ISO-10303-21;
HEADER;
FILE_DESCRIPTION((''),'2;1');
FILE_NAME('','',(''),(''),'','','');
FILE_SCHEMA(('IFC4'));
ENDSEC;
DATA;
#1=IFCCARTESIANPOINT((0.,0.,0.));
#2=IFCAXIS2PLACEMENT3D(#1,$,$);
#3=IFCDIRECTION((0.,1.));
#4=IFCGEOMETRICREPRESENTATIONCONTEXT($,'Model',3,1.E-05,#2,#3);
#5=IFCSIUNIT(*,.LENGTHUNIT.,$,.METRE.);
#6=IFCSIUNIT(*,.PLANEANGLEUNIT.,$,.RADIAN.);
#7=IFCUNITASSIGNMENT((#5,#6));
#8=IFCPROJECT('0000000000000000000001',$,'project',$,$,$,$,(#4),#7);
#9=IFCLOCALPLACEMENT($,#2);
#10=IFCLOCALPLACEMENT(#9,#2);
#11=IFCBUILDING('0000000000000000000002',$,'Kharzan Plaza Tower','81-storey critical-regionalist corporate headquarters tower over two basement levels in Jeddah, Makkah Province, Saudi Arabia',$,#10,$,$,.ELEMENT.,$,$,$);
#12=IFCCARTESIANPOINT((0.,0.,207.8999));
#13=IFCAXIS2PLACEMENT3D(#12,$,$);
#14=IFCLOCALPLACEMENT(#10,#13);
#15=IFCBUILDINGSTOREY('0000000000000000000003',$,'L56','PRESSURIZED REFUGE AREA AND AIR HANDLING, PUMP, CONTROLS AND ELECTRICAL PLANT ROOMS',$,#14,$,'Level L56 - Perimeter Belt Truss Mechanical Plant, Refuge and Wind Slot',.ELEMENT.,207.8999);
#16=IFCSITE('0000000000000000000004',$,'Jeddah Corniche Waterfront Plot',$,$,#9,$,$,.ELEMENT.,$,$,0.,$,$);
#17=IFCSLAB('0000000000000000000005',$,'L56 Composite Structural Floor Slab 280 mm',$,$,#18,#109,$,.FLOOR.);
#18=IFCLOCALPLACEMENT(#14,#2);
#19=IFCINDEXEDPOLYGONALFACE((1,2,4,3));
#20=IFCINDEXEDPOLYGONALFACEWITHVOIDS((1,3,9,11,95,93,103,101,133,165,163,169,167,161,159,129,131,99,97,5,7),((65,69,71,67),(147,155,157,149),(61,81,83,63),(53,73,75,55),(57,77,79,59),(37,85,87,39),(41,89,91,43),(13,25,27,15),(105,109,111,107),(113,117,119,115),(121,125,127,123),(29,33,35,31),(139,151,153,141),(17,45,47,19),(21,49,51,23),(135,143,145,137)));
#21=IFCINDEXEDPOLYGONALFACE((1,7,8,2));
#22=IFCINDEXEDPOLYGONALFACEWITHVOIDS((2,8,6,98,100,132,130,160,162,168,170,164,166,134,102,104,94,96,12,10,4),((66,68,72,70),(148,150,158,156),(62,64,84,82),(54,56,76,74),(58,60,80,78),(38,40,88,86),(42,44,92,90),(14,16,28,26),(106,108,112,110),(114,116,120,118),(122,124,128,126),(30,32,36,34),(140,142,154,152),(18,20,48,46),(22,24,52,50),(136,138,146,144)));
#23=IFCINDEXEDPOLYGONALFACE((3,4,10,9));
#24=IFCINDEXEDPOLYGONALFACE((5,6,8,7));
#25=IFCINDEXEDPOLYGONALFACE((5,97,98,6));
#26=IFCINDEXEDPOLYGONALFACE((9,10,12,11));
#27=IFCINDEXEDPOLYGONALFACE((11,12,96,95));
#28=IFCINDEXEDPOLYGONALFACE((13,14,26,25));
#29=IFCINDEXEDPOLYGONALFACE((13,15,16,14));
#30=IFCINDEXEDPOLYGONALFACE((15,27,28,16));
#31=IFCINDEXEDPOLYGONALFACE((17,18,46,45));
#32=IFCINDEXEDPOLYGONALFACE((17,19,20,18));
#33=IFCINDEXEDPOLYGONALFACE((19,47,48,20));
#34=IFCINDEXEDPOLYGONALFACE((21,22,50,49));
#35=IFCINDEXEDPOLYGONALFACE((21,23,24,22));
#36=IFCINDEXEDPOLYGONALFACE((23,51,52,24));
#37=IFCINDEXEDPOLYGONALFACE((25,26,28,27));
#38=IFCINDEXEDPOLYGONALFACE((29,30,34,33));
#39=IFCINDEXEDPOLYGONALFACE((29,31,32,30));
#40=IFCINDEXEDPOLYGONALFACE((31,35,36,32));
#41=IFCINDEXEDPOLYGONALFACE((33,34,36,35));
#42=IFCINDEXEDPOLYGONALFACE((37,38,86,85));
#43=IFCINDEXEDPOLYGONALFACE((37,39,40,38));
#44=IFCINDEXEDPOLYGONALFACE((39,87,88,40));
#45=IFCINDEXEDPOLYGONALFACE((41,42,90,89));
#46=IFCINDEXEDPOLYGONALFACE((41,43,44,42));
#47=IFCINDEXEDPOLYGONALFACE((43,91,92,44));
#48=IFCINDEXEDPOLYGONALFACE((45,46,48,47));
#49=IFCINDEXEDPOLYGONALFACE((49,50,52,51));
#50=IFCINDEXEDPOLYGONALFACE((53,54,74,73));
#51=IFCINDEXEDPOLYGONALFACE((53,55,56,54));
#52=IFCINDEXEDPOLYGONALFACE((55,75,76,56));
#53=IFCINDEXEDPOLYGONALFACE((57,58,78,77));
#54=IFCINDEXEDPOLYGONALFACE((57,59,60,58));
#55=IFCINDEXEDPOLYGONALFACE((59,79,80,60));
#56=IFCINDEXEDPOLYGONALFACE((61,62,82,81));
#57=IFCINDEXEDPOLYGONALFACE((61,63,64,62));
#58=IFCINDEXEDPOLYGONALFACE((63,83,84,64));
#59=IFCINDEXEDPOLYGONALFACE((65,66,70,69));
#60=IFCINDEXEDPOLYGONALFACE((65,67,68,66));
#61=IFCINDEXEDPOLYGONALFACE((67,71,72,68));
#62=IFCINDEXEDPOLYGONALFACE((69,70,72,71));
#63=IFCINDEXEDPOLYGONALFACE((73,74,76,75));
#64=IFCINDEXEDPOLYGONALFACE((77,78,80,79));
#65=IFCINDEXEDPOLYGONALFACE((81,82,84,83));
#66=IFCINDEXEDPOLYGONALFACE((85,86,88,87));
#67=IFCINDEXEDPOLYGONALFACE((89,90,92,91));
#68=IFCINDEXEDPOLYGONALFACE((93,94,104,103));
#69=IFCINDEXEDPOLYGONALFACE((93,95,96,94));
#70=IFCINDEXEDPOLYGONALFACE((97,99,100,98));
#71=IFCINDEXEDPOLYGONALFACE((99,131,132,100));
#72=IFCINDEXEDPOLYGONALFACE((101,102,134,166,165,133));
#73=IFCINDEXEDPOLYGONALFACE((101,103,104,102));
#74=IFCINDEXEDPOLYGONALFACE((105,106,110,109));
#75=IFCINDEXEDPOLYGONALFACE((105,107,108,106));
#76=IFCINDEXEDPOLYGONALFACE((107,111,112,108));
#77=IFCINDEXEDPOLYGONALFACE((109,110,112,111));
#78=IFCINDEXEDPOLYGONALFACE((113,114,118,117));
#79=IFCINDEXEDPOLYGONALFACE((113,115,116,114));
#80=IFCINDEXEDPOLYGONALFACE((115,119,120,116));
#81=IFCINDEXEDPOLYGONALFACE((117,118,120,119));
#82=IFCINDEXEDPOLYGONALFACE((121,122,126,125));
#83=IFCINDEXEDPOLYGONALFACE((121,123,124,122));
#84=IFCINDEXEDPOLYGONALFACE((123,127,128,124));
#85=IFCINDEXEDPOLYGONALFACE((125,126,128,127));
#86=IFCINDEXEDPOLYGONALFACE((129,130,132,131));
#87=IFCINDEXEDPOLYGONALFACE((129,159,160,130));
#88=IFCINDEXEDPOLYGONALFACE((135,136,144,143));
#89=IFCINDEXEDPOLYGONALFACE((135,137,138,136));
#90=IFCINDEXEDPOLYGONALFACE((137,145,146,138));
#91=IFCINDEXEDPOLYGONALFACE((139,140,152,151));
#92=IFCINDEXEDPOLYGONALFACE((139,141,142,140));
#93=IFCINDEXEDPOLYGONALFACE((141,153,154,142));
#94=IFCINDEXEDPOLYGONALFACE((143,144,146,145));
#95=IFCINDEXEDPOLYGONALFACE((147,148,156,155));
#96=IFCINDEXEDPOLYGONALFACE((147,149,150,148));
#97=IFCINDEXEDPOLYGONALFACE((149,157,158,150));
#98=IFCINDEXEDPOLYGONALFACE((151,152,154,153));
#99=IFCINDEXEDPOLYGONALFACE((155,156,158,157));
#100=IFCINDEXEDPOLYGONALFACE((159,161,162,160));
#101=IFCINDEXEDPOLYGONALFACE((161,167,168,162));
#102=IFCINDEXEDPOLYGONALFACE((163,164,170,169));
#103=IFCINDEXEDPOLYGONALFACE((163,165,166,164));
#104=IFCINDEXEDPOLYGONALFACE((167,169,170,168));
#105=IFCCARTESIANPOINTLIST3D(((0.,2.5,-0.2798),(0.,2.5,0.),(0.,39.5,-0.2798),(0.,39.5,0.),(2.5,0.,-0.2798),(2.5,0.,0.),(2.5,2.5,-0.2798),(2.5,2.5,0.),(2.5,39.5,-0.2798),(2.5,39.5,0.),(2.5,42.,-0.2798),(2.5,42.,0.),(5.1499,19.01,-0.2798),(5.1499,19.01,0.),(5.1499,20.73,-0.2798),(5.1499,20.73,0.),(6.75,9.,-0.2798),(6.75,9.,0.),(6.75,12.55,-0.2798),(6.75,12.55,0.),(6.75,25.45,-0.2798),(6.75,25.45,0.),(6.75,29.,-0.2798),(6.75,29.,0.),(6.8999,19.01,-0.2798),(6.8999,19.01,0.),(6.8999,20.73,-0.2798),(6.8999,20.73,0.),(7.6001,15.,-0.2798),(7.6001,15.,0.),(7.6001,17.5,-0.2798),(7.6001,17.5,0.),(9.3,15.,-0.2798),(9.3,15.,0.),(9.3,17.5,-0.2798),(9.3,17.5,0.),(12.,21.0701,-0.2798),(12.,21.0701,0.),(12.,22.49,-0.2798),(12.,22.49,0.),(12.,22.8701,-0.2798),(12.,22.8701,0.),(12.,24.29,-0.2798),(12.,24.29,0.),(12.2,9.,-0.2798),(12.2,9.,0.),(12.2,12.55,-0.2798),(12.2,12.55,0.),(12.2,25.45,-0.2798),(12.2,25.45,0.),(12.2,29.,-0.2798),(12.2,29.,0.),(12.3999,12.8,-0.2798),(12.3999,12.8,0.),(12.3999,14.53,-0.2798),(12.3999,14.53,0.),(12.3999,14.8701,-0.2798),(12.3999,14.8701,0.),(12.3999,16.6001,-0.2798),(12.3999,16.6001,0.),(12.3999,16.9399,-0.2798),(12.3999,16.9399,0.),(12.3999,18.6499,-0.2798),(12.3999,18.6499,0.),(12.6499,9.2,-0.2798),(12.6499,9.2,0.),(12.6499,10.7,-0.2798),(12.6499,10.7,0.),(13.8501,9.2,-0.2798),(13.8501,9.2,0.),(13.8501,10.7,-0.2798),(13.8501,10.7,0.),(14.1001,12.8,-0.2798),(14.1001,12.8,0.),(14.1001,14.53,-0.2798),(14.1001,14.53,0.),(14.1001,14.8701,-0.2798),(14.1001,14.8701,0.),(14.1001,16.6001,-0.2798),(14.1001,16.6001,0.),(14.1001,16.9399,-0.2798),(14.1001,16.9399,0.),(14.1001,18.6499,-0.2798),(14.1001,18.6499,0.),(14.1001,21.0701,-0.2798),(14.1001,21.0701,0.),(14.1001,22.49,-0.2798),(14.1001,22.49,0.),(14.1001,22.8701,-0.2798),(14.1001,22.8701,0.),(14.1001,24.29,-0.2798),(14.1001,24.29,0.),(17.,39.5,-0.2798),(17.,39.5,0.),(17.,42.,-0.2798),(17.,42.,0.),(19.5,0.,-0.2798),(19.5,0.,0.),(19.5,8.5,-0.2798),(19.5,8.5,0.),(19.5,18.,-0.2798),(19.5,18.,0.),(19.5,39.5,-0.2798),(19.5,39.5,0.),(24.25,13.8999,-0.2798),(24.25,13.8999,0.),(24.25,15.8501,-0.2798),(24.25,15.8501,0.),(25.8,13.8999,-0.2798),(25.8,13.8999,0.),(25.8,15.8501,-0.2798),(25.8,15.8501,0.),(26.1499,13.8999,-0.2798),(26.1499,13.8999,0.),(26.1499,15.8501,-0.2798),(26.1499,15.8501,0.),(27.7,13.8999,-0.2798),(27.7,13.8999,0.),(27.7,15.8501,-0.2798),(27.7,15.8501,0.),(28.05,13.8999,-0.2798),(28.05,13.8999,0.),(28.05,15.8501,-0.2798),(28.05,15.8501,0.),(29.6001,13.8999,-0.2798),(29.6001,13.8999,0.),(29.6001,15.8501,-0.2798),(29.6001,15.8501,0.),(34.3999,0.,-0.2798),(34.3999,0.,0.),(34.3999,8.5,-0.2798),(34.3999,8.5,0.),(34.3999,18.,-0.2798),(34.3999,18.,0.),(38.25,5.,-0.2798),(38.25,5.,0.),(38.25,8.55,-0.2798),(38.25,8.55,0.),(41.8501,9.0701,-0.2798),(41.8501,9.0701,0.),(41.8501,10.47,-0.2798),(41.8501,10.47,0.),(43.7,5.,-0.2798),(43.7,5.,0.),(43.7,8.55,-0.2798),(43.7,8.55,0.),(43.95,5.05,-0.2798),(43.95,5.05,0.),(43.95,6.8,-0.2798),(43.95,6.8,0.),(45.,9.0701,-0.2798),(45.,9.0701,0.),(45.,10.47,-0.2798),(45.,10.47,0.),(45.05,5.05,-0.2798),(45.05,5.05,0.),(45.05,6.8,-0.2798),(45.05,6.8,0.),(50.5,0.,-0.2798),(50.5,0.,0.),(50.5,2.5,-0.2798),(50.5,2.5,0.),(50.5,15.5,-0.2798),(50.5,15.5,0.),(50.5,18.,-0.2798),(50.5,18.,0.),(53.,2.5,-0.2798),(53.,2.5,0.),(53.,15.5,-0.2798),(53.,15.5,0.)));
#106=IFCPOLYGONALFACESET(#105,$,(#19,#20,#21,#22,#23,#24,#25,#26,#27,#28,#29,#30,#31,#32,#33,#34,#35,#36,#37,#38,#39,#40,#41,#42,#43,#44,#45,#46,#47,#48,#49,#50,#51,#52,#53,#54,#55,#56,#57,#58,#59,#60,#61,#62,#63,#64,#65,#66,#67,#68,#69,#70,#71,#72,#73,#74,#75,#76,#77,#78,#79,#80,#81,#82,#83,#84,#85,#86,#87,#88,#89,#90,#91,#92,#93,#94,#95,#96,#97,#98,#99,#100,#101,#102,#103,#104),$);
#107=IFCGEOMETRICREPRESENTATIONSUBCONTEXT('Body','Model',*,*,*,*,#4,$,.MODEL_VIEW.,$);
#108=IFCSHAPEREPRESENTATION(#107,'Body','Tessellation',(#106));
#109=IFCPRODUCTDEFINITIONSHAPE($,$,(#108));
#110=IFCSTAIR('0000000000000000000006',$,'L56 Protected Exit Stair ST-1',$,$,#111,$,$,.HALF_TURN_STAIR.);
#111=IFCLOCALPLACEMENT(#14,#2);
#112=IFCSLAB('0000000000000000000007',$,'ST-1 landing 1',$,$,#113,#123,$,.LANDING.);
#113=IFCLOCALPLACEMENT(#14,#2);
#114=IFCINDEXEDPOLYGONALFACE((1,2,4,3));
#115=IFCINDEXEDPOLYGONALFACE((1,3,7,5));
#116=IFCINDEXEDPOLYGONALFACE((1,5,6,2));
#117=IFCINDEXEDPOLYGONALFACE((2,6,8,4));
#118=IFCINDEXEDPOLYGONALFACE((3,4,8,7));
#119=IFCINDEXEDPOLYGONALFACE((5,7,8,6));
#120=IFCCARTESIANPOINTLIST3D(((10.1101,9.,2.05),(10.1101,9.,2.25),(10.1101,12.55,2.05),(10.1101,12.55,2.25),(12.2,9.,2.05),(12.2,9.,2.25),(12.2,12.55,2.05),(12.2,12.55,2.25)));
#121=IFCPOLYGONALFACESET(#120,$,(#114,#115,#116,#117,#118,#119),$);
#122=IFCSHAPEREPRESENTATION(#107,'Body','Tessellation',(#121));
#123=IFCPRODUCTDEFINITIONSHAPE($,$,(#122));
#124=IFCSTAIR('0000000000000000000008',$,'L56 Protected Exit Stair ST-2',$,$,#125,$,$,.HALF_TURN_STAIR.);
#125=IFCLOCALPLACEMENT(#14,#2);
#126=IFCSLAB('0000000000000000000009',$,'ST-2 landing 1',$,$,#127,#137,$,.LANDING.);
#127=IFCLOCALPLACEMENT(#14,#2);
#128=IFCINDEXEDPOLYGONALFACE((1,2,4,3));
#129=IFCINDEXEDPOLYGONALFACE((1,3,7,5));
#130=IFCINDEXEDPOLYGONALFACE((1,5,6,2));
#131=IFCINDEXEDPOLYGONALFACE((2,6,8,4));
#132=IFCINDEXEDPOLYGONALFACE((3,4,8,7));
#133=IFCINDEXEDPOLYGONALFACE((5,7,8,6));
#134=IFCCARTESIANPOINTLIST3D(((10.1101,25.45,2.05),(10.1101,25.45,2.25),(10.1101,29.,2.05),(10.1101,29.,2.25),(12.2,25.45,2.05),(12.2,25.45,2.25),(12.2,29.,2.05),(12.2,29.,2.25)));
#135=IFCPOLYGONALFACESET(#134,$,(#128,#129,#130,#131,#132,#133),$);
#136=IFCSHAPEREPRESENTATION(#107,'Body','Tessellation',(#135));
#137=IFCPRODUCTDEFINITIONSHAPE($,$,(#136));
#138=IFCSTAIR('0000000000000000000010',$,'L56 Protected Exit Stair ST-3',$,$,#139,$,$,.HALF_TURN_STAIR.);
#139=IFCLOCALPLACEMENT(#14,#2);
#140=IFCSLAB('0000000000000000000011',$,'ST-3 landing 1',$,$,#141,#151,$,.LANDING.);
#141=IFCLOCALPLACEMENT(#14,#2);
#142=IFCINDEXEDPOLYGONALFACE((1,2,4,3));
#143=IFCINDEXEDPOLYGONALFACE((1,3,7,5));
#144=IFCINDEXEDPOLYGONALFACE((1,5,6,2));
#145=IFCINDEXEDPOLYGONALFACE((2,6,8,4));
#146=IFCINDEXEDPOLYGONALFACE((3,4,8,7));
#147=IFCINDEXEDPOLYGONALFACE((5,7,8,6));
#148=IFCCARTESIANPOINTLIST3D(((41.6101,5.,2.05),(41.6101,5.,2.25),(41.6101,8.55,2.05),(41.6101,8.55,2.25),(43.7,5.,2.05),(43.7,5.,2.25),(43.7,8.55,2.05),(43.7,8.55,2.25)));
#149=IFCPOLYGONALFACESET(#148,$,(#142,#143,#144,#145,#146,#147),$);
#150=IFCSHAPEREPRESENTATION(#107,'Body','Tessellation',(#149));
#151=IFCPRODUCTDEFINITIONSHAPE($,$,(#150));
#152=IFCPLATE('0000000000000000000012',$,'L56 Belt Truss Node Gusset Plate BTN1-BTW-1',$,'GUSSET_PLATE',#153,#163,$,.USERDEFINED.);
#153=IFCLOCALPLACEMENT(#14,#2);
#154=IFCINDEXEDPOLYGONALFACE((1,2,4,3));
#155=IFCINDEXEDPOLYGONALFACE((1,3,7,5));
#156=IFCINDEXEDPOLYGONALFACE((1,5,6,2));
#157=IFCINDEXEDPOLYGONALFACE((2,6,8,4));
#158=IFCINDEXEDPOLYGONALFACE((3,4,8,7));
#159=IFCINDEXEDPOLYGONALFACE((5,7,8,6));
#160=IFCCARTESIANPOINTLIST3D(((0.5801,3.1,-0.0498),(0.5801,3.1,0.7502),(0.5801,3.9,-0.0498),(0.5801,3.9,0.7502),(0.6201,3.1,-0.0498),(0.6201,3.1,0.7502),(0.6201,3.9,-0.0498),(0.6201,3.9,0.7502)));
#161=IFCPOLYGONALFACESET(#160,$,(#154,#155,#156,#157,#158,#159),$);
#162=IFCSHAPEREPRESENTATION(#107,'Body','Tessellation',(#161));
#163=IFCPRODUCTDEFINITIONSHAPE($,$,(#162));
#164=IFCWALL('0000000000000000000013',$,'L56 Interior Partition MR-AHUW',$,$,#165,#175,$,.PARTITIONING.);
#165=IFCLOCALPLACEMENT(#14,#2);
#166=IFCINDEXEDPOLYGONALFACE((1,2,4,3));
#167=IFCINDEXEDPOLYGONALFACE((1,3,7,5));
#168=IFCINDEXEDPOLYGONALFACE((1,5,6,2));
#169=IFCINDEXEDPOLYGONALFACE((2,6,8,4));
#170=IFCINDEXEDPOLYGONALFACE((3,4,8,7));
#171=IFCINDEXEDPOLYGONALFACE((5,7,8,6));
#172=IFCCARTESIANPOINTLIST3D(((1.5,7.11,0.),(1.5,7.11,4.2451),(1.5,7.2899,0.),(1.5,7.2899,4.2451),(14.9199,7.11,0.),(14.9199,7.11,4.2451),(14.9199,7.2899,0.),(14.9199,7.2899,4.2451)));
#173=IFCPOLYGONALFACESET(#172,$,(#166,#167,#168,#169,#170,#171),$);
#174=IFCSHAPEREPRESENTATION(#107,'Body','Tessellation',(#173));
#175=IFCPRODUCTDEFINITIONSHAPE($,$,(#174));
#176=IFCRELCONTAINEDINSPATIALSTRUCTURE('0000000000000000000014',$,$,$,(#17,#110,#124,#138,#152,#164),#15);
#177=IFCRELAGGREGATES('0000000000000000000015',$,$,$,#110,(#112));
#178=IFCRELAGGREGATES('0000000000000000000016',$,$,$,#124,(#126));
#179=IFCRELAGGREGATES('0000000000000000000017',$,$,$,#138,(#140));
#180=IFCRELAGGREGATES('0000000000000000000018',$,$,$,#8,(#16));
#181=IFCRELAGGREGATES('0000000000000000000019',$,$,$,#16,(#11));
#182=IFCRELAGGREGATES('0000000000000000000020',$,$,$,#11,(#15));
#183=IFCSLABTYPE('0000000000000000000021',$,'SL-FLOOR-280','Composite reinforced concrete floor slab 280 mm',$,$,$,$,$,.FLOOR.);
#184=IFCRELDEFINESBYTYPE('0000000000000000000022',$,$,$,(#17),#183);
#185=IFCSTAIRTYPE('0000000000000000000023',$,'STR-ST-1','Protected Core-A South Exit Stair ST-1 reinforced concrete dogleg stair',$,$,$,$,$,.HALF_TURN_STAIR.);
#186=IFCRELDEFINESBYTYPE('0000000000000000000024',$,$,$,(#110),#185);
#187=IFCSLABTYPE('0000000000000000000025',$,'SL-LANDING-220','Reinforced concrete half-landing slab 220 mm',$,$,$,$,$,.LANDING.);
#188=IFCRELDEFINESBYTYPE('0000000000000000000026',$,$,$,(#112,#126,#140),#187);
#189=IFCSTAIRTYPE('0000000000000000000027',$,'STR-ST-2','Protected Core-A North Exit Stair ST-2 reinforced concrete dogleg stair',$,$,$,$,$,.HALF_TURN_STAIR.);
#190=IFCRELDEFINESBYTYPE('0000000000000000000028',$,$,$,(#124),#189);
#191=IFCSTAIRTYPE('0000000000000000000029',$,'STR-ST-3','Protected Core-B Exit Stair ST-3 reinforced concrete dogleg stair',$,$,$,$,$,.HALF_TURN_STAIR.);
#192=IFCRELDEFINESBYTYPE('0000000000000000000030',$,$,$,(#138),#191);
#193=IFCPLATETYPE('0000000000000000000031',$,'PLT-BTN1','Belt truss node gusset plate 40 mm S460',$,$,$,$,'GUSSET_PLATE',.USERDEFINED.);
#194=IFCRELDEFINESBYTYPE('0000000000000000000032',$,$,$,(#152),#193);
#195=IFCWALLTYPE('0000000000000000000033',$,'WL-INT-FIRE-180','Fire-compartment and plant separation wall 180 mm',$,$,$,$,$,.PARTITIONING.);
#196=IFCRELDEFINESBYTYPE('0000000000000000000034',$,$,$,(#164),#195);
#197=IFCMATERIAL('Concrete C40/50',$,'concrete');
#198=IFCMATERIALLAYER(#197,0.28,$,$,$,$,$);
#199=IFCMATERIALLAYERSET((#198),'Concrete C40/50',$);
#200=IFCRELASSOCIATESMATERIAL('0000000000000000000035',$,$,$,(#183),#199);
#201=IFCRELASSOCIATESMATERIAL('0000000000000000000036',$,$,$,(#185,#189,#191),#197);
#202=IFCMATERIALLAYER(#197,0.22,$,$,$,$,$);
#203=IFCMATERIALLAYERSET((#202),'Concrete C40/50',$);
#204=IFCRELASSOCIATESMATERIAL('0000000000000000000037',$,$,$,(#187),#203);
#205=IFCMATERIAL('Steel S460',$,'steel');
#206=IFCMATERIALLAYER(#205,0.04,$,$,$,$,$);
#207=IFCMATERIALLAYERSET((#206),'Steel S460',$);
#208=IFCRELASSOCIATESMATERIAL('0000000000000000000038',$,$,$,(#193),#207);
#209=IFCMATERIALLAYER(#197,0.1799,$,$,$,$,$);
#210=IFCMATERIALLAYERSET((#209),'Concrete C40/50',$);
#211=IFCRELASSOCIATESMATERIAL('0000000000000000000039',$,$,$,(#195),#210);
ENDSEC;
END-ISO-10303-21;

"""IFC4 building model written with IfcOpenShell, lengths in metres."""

from ifc_helpers import new_model, si_unit, direction, frame, frame_2d, origin, origin_2d, place, context, subcontext, project, spatial, polyline, rectangle, outline, extrude, source, transform, mapped, material, layer, layer_set, type_object, element, aggregate, save


model = new_model("IFC4")

# Units and contexts
model_context = context("Model", 3, precision=1e-05, world=origin(), true_north=direction((0.0, 1.0)))
body_context = subcontext(model_context, "Body", "Model", "MODEL_VIEW")
ifc_project = project(units=[si_unit("LENGTHUNIT", "METRE"), si_unit("PLANEANGLEUNIT", "RADIAN")], contexts=[model_context])

# Site, building, storey
site_placement = place(None, origin())
site = spatial("IfcSite", under=ifc_project, at=site_placement, Name="Jeddah Corniche Waterfront Plot", CompositionType="ELEMENT", RefElevation=0.0)
building_placement = place(site_placement, origin())
building = spatial("IfcBuilding", under=site, at=building_placement, Name="Kharzan Plaza Tower", Description="81-storey critical-regionalist corporate headquarters tower over two basement levels in Jeddah, Makkah Province, Saudi Arabia", CompositionType="ELEMENT")
storey_placement = place(building_placement, frame((0.0, 0.0, 207.8999)))
storey = spatial("IfcBuildingStorey", under=building, at=storey_placement, Name="L56", Description="PRESSURIZED REFUGE AREA AND AIR HANDLING, PUMP, CONTROLS AND ELECTRICAL PLANT ROOMS", LongName="Level L56 - Perimeter Belt Truss Mechanical Plant, Refuge and Wind Slot", CompositionType="ELEMENT", Elevation=207.8999)

# Slab
ifc_material_1 = material(Name="Concrete C40/50", Category="concrete")
ifc_layer_1 = layer(ifc_material_1, 0.28)
ifc_layer_set_1 = layer_set([ifc_layer_1], Name="Concrete C40/50")
slab_type_1 = type_object("IfcSlabType", Name="SL-FLOOR-280", Description="Composite reinforced concrete floor slab 280 mm", PredefinedType="FLOOR", material=ifc_layer_set_1)
slab_1_placement = place(storey_placement, frame((0.0, 0.0, -0.2798)))
element("IfcSlab", 1, at=slab_1_placement, inside=storey, type_object=slab_type_1, Name="L56 Composite Structural Floor Slab 280 mm", PredefinedType="FLOOR", context=body_context, shape_type="SweptSolid", body=[
    extrude(outline(polyline([(34.3999, 18.0), (19.5, 18.0), (19.5, 39.5), (17.0, 39.5), (17.0, 42.0), (2.5, 42.0), (2.5, 39.5), (0.0, 39.5), (0.0, 2.5), (2.5, 2.5), (2.5, 0.0), (19.5, 0.0), (19.5, 8.5), (34.3999, 8.5), (34.3999, 0.0), (50.5, 0.0), (50.5, 2.5), (53.0, 2.5), (53.0, 15.5), (50.5, 15.5), (50.5, 18.0), (34.3999, 18.0)]), holes=[polyline([(12.2, 9.0), (12.2, 12.55), (6.75, 12.55), (6.75, 9.0), (12.2, 9.0)]), polyline([(14.1001, 12.8), (14.1001, 14.53), (12.3999, 14.53), (12.3999, 12.8), (14.1001, 12.8)]), polyline([(14.1001, 14.8701), (14.1001, 16.6001), (12.3999, 16.6001), (12.3999, 14.8701), (14.1001, 14.8701)]), polyline([(9.3, 15.0), (9.3, 17.5), (7.6001, 17.5), (7.6001, 15.0), (9.3, 15.0)]), polyline([(6.8999, 19.01), (6.8999, 20.73), (5.1499, 20.73), (5.1499, 19.01), (6.8999, 19.01)]), polyline([(14.1001, 21.0701), (14.1001, 22.49), (12.0, 22.49), (12.0, 21.0701), (14.1001, 21.0701)]), polyline([(14.1001, 22.8701), (14.1001, 24.29), (12.0, 24.29), (12.0, 22.8701), (14.1001, 22.8701)]), polyline([(12.2, 25.45), (12.2, 29.0), (6.75, 29.0), (6.75, 25.45), (12.2, 25.45)]), polyline([(45.05, 5.05), (45.05, 6.8), (43.95, 6.8), (43.95, 5.05), (45.05, 5.05)]), polyline([(43.7, 5.0), (43.7, 8.55), (38.25, 8.55), (38.25, 5.0), (43.7, 5.0)]), polyline([(45.0, 9.0701), (45.0, 10.47), (41.8501, 10.47), (41.8501, 9.0701), (45.0, 9.0701)]), polyline([(13.8501, 9.2), (13.8501, 10.7), (12.6499, 10.7), (12.6499, 9.2), (13.8501, 9.2)]), polyline([(25.8, 13.8999), (25.8, 15.8501), (24.25, 15.8501), (24.25, 13.8999), (25.8, 13.8999)]), polyline([(27.7, 13.8999), (27.7, 15.8501), (26.1499, 15.8501), (26.1499, 13.8999), (27.7, 13.8999)]), polyline([(29.6001, 13.8999), (29.6001, 15.8501), (28.05, 15.8501), (28.05, 13.8999), (29.6001, 13.8999)]), polyline([(14.1001, 16.9399), (14.1001, 18.6499), (12.3999, 18.6499), (12.3999, 16.9399), (14.1001, 16.9399)])]), origin(), (0.0, 0.0, 1.0), 0.2798),
])

# Stairs, slabs
stair_type_1 = type_object("IfcStairType", Name="STR-ST-1", Description="Protected Core-A South Exit Stair ST-1 reinforced concrete dogleg stair", PredefinedType="HALF_TURN_STAIR", material=ifc_material_1)
stair_1_placement = place(storey_placement, origin())
stair_1 = element("IfcStair", 2, at=stair_1_placement, inside=storey, type_object=stair_type_1, Name="L56 Protected Exit Stair ST-1", PredefinedType="HALF_TURN_STAIR")
ifc_layer_2 = layer(ifc_material_1, 0.22)
ifc_layer_set_2 = layer_set([ifc_layer_2], Name="Concrete C40/50")
slab_type_2 = type_object("IfcSlabType", Name="SL-LANDING-220", Description="Reinforced concrete half-landing slab 220 mm", PredefinedType="LANDING", material=ifc_layer_set_2)
slab_2_placement = place(storey_placement, frame((0.0, 0.0, 2.05)))
slab_2 = element("IfcSlab", 3, at=slab_2_placement, type_object=slab_type_2, Name="ST-1 landing 1", PredefinedType="LANDING", context=body_context, shape_type="SweptSolid", body=[
    extrude(outline(polyline([(10.1101, 9.0), (12.2, 9.0), (12.2, 12.55), (10.1101, 12.55), (10.1101, 9.0)])), origin(), (0.0, 0.0, 1.0), 0.2),
])
aggregate(stair_1, [slab_2])
stair_type_2 = type_object("IfcStairType", Name="STR-ST-2", Description="Protected Core-A North Exit Stair ST-2 reinforced concrete dogleg stair", PredefinedType="HALF_TURN_STAIR", material=ifc_material_1)
stair_2_placement = place(storey_placement, origin())
stair_2 = element("IfcStair", 4, at=stair_2_placement, inside=storey, type_object=stair_type_2, Name="L56 Protected Exit Stair ST-2", PredefinedType="HALF_TURN_STAIR")
slab_3_placement = place(storey_placement, frame((0.0, 0.0, 2.05)))
slab_3 = element("IfcSlab", 5, at=slab_3_placement, type_object=slab_type_2, Name="ST-2 landing 1", PredefinedType="LANDING", context=body_context, shape_type="SweptSolid", body=[
    extrude(outline(polyline([(10.1101, 25.45), (12.2, 25.45), (12.2, 29.0), (10.1101, 29.0), (10.1101, 25.45)])), origin(), (0.0, 0.0, 1.0), 0.2),
])
aggregate(stair_2, [slab_3])
stair_type_3 = type_object("IfcStairType", Name="STR-ST-3", Description="Protected Core-B Exit Stair ST-3 reinforced concrete dogleg stair", PredefinedType="HALF_TURN_STAIR", material=ifc_material_1)
stair_3_placement = place(storey_placement, origin())
stair_3 = element("IfcStair", 6, at=stair_3_placement, inside=storey, type_object=stair_type_3, Name="L56 Protected Exit Stair ST-3", PredefinedType="HALF_TURN_STAIR")
slab_4_placement = place(storey_placement, frame((0.0, 0.0, 2.05)))
slab_4 = element("IfcSlab", 7, at=slab_4_placement, type_object=slab_type_2, Name="ST-3 landing 1", PredefinedType="LANDING", context=body_context, shape_type="SweptSolid", body=[
    extrude(outline(polyline([(41.6101, 5.0), (43.7, 5.0), (43.7, 8.55), (41.6101, 8.55), (41.6101, 5.0)])), origin(), (0.0, 0.0, 1.0), 0.2),
])
aggregate(stair_3, [slab_4])

# Plate
ifc_material_2 = material(Name="Steel S460", Category="steel")
ifc_layer_3 = layer(ifc_material_2, 0.04)
ifc_layer_set_3 = layer_set([ifc_layer_3], Name="Steel S460")
plate_type = type_object("IfcPlateType", Name="PLT-BTN1", Description="Belt truss node gusset plate 40 mm S460", ElementType="GUSSET_PLATE", PredefinedType="USERDEFINED", material=ifc_layer_set_3)
shared_shape_1 = source(origin(), body_context, "Body", "SweptSolid", [
    extrude(rectangle(XDim=0.8, YDim=0.04, at=origin_2d()), origin(), (0.0, 0.0, 1.0), 0.8),
])
plate_placement = place(storey_placement, frame((0.6001, 3.5, -0.0498), z_axis=(0.0, 0.0, 1.0), x_axis=(0.0, 1.0, 0.0)))
element("IfcPlate", 8, at=plate_placement, inside=storey, type_object=plate_type, Name="L56 Belt Truss Node Gusset Plate BTN1-BTW-1", ObjectType="GUSSET_PLATE", PredefinedType="USERDEFINED", context=body_context, shape_type="MappedRepresentation", body=[
    mapped(shared_shape_1, transform((0.0, 0.0, 0.0), x_axis=(1.0, 0.0, 0.0), y_axis=(0.0, 1.0, 0.0), z_axis=(0.0, 0.0, 1.0))),
])

# Wall
ifc_layer_4 = layer(ifc_material_1, 0.1799)
ifc_layer_set_4 = layer_set([ifc_layer_4], Name="Concrete C40/50")
wall_type = type_object("IfcWallType", Name="WL-INT-FIRE-180", Description="Fire-compartment and plant separation wall 180 mm", PredefinedType="PARTITIONING", material=ifc_layer_set_4)
shared_shape_2 = source(origin(), body_context, "Body", "SweptSolid", [
    extrude(rectangle(XDim=13.4199, YDim=0.1799, at=frame_2d((6.71, 0.0))), origin(), (0.0, 0.0, 1.0), 4.2451),
])
wall_1_placement = place(storey_placement, frame((1.5, 7.2, 0.0), z_axis=(0.0, 0.0, 1.0), x_axis=(1.0, 0.0, 0.0)))
element("IfcWall", 9, at=wall_1_placement, inside=storey, type_object=wall_type, Name="L56 Interior Partition MR-AHUW", PredefinedType="PARTITIONING", context=body_context, shape_type="MappedRepresentation", body=[
    mapped(shared_shape_2, transform((0.0, 0.0, 0.0), x_axis=(1.0, 0.0, 0.0), y_axis=(0.0, 1.0, 0.0), z_axis=(0.0, 0.0, 1.0))),
])

save(model, "model.ifc")
